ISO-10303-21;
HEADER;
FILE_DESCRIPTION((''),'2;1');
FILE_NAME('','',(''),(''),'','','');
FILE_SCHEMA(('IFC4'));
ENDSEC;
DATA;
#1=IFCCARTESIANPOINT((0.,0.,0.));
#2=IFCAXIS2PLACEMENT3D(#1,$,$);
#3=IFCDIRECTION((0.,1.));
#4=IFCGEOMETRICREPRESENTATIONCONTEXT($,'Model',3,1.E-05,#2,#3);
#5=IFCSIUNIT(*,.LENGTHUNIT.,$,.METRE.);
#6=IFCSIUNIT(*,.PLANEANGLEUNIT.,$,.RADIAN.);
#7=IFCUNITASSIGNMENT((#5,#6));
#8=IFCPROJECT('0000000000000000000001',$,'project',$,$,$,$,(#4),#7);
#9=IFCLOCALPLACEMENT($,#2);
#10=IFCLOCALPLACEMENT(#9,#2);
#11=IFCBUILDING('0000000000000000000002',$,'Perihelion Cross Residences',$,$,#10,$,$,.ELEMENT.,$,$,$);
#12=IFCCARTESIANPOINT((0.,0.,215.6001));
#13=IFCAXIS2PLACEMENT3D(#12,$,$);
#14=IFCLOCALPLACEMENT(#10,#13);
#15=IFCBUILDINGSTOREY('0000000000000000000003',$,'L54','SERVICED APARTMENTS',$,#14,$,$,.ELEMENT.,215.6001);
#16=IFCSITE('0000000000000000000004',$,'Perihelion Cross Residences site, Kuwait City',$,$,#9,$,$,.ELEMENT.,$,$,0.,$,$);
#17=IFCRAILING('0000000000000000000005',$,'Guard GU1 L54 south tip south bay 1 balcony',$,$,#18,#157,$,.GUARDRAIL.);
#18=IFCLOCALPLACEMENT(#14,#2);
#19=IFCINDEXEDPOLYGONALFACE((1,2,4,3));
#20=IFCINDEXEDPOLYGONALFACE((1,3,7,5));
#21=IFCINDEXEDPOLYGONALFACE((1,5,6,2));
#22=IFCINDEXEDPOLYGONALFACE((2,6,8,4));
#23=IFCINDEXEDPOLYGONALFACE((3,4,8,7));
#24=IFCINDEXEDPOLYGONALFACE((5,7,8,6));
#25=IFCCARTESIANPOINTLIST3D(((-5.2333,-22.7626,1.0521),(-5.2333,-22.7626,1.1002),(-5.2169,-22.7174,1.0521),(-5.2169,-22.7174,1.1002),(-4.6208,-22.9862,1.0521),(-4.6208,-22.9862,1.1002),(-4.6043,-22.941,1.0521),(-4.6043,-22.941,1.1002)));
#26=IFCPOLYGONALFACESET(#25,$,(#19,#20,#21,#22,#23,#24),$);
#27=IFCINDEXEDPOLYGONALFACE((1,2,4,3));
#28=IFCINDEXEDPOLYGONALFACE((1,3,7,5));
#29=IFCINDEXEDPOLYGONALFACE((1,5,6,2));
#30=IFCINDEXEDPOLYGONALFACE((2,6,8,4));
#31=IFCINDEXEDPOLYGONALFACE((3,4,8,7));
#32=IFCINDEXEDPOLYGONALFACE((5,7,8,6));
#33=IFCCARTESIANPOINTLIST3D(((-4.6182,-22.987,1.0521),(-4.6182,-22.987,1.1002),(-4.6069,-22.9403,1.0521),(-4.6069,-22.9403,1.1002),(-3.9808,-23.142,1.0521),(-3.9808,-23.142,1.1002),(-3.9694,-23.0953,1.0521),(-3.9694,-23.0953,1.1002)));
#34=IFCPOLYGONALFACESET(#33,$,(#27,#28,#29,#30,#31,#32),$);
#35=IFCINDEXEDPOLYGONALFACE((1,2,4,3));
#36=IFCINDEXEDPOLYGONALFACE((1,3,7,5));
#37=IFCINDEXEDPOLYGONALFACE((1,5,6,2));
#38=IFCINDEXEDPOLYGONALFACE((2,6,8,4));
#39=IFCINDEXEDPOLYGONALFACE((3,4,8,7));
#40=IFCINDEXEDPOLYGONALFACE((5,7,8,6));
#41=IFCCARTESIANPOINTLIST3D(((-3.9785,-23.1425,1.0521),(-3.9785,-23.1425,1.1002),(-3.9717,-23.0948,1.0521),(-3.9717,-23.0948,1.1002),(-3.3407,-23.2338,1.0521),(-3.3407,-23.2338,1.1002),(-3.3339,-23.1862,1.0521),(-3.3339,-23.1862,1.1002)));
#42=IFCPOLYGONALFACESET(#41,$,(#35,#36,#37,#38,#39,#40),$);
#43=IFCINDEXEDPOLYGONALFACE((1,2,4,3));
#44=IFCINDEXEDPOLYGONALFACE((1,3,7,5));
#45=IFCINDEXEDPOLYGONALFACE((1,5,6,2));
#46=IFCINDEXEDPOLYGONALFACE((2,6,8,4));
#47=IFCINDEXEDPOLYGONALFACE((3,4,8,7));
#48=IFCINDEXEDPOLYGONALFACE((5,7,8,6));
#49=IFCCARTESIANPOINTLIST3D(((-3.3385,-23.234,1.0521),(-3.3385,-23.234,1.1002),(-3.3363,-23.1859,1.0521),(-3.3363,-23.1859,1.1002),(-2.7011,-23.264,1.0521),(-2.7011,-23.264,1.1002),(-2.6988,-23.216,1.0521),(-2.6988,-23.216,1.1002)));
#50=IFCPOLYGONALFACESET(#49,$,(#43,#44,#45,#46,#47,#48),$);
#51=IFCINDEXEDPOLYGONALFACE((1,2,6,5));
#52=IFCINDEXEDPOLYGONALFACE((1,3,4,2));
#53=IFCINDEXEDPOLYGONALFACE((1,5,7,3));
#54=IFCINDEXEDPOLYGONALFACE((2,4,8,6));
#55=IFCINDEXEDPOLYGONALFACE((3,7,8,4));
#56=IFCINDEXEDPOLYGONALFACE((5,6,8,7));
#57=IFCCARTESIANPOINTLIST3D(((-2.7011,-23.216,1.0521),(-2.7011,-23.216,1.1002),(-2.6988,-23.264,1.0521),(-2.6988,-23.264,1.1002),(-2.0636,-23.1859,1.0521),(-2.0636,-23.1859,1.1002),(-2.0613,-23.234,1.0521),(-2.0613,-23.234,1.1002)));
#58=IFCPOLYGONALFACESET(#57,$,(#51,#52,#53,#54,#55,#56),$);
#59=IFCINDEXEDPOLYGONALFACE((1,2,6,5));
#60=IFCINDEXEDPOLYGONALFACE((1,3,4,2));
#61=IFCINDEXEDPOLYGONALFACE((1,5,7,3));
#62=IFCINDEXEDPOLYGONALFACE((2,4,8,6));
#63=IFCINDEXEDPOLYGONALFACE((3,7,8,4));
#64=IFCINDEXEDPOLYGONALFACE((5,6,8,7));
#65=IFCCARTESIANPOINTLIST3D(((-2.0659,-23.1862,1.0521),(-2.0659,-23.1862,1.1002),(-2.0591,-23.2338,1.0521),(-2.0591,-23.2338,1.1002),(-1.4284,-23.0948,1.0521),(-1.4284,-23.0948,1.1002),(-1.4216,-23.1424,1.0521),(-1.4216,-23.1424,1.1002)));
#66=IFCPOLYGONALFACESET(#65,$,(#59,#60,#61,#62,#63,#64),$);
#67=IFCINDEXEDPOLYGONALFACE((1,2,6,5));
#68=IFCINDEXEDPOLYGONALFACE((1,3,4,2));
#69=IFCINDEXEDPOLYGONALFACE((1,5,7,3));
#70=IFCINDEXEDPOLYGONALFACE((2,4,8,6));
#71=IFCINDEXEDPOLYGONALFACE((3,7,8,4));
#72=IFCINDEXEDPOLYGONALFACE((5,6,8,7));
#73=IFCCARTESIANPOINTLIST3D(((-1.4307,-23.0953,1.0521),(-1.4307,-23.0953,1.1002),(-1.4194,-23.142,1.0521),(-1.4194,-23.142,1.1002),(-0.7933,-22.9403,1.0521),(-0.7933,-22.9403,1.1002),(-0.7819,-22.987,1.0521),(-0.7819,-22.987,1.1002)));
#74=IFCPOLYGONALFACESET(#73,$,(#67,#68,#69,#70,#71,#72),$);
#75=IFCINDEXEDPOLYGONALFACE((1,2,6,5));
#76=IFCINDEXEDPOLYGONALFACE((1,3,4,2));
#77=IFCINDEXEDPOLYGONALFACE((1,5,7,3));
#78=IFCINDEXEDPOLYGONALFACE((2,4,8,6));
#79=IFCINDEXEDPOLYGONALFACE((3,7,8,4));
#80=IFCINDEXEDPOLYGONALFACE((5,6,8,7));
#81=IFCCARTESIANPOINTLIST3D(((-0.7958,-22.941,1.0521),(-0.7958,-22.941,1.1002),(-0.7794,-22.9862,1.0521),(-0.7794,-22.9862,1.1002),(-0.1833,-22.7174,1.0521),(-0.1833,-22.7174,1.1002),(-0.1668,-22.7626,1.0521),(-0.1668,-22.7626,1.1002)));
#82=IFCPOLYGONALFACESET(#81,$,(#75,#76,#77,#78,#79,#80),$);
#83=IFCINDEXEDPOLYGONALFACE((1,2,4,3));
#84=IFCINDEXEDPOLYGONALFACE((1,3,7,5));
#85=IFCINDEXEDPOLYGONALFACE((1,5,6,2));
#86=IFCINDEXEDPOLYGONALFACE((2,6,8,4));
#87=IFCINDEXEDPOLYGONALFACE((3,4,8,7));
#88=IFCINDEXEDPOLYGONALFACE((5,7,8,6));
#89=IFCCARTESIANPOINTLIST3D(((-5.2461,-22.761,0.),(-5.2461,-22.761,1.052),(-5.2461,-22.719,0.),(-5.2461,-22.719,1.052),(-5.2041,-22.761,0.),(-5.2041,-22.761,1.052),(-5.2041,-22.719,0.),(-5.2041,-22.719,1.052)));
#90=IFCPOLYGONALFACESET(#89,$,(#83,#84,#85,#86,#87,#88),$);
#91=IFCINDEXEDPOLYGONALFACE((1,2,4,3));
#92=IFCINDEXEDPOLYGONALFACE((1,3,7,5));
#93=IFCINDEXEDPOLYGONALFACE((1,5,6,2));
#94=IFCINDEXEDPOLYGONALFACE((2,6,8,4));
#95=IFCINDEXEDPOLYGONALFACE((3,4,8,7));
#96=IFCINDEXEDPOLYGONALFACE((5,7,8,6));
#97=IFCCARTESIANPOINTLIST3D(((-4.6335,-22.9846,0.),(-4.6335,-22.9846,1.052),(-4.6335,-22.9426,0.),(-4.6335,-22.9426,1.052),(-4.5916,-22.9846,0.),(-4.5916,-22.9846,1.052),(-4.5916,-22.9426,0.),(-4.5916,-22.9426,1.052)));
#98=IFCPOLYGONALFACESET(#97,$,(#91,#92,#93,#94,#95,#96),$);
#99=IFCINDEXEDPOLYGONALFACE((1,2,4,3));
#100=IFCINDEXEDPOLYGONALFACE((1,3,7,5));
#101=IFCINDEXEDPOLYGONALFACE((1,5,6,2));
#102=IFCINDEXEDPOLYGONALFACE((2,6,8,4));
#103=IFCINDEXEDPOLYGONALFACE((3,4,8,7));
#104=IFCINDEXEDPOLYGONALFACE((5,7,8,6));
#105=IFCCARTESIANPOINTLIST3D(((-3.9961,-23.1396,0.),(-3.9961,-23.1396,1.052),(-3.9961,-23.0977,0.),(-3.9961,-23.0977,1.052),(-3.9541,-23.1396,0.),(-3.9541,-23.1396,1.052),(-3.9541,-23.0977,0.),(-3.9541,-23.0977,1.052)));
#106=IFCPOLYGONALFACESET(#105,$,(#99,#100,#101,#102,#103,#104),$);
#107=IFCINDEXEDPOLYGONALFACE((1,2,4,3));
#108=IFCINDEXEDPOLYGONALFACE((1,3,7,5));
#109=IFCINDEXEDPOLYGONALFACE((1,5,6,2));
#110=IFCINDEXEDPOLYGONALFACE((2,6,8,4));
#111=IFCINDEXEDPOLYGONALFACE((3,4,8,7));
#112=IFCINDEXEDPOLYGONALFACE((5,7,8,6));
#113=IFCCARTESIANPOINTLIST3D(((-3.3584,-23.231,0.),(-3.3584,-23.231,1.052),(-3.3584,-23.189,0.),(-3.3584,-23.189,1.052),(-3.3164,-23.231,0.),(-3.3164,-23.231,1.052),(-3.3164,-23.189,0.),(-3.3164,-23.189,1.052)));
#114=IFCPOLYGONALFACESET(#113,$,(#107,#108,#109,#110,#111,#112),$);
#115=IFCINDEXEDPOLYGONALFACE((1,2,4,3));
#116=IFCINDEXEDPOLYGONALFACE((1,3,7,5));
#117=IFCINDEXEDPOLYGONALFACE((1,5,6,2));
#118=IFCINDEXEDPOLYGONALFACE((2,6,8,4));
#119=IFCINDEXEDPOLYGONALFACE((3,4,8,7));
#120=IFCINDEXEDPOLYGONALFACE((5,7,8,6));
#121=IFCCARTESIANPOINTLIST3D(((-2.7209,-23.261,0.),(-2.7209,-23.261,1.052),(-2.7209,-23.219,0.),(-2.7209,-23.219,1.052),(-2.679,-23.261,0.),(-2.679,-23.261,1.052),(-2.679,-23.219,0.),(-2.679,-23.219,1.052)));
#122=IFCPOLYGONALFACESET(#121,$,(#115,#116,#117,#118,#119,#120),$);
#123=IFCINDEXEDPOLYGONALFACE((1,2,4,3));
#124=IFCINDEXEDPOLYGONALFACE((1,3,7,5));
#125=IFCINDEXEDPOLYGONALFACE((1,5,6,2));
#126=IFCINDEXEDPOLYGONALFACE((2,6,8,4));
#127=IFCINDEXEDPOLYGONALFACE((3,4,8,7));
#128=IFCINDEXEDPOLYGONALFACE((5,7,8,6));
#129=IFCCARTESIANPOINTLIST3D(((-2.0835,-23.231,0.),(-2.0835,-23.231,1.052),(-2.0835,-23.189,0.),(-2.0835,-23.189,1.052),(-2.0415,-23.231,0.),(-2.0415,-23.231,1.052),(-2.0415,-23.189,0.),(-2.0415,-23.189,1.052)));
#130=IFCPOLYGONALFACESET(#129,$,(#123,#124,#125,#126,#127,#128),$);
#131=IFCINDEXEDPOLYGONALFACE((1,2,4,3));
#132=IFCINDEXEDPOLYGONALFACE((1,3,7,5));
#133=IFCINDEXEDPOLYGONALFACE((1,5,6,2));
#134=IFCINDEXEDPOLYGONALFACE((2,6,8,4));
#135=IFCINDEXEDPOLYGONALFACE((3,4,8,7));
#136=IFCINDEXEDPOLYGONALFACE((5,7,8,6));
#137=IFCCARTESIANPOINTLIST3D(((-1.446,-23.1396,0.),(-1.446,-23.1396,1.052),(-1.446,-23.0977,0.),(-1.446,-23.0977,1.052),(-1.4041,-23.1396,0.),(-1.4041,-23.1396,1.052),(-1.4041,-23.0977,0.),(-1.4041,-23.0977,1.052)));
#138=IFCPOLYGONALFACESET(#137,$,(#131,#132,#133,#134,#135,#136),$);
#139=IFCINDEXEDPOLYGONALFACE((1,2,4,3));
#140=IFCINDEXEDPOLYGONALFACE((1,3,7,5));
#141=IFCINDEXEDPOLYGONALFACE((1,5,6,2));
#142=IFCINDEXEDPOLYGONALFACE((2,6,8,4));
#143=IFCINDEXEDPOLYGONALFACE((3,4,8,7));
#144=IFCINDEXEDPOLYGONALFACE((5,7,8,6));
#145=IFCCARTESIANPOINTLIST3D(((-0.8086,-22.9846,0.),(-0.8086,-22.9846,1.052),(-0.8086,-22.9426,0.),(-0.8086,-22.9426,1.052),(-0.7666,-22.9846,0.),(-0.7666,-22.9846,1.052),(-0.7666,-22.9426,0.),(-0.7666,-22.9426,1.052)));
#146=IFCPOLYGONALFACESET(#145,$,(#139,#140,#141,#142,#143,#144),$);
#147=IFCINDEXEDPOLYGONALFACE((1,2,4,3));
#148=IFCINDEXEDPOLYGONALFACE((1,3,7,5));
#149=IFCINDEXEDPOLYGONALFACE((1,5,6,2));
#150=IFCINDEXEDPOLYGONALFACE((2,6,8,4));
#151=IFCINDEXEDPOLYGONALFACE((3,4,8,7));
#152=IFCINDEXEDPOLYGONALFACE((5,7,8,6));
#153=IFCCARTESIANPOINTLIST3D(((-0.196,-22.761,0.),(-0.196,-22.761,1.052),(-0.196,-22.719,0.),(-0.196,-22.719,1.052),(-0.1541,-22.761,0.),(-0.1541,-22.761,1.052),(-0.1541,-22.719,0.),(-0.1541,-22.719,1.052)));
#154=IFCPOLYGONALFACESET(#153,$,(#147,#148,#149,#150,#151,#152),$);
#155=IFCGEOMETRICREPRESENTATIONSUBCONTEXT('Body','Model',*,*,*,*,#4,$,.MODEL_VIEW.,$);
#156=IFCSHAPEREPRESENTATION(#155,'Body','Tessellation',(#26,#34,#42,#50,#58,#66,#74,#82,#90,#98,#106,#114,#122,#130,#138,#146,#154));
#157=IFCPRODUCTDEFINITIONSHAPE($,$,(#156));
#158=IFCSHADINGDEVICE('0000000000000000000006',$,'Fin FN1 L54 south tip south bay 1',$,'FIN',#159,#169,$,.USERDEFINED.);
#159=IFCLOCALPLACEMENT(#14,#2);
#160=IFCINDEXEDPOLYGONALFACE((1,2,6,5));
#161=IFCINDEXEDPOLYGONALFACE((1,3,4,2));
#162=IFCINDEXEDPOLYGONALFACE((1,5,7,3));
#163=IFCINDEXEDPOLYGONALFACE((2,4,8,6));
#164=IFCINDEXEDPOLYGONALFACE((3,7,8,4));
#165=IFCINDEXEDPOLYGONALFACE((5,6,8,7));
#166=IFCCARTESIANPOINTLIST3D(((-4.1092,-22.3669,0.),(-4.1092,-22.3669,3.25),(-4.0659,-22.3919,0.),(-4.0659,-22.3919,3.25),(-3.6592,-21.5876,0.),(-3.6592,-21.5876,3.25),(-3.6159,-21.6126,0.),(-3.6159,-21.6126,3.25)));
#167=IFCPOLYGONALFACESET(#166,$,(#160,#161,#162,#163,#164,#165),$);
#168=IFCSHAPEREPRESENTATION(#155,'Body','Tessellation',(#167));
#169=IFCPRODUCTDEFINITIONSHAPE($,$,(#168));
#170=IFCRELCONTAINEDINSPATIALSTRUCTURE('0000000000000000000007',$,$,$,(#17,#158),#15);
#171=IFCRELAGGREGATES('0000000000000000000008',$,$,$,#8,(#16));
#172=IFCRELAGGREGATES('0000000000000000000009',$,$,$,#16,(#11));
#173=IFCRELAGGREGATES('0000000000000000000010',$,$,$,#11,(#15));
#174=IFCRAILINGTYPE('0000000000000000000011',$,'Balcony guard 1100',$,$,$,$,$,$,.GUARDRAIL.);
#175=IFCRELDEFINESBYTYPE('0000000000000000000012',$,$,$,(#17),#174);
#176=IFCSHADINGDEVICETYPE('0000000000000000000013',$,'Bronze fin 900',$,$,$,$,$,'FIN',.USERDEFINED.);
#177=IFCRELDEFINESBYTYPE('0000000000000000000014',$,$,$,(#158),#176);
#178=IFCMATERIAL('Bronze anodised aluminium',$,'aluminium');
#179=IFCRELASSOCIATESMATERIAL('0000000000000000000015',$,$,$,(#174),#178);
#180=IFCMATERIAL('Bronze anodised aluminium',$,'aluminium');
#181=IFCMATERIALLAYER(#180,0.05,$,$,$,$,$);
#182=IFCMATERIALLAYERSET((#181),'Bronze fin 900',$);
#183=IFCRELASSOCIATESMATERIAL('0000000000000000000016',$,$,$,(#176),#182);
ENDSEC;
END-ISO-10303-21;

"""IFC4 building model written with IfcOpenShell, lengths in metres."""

from ifc_helpers import new_model, si_unit, direction, frame, origin, origin_2d, place, context, subcontext, project, spatial, rectangle, extrude, material, layer, layer_set, type_object, element, save


model = new_model("IFC4")

# Units and contexts
model_context = context("Model", 3, precision=1e-05, world=origin(), true_north=direction((0.0, 1.0)))
body_context = subcontext(model_context, "Body", "Model", "MODEL_VIEW")
ifc_project = project(units=[si_unit("LENGTHUNIT", "METRE"), si_unit("PLANEANGLEUNIT", "RADIAN")], contexts=[model_context])

# Site, building, storey
site_placement = place(None, origin())
site = spatial("IfcSite", under=ifc_project, at=site_placement, Name="Perihelion Cross Residences site, Kuwait City", CompositionType="ELEMENT", RefElevation=0.0)
building_placement = place(site_placement, origin())
building = spatial("IfcBuilding", under=site, at=building_placement, Name="Perihelion Cross Residences", CompositionType="ELEMENT")
storey_placement = place(building_placement, frame((0.0, 0.0, 215.6001)))
storey = spatial("IfcBuildingStorey", under=building, at=storey_placement, Name="L54", Description="SERVICED APARTMENTS", CompositionType="ELEMENT", Elevation=215.6001)

# Railing
ifc_material_1 = material(Name="Bronze anodised aluminium", Category="aluminium")
railing_type = type_object("IfcRailingType", Name="Balcony guard 1100", PredefinedType="GUARDRAIL", material=ifc_material_1)
railing_placement = place(storey_placement, frame((-5.2251, -22.74, 0.0)))
element("IfcRailing", 1, at=railing_placement, inside=storey, type_object=railing_type, Name="Guard GU1 L54 south tip south bay 1 balcony", PredefinedType="GUARDRAIL", context=body_context, shape_type="SweptSolid", body=[
    extrude(rectangle(XDim=0.0481, YDim=0.0481, at=origin_2d()), frame((0.0, 0.0, 1.0762), z_axis=(0.939355, -0.342945, 0.0), x_axis=(0.342945, 0.939355, 0.0)), (0.0, 0.0, 1.0), 0.6521),
    extrude(rectangle(XDim=0.0481, YDim=0.0481, at=origin_2d()), frame((0.6125, -0.2236, 1.0762), z_axis=(0.971677, -0.236314, 0.0), x_axis=(0.236314, 0.971677, 0.0)), (0.0, 0.0, 1.0), 0.656),
    extrude(rectangle(XDim=0.0481, YDim=0.0481, at=origin_2d()), frame((1.25, -0.3787, 1.0762), z_axis=(0.989904, -0.14174, 0.0), x_axis=(0.14174, 0.989904, 0.0)), (0.0, 0.0, 1.0), 0.6443),
    extrude(rectangle(XDim=0.0481, YDim=0.0481, at=origin_2d()), frame((1.8877, -0.47, 1.0762), z_axis=(0.998892, -0.047056, 0.0), x_axis=(0.047056, 0.998892, 0.0)), (0.0, 0.0, 1.0), 0.6382),
    extrude(rectangle(XDim=0.0481, YDim=0.0481, at=origin_2d()), frame((2.5251, -0.5, 1.0762), z_axis=(0.998892, 0.047056, 0.0), x_axis=(-0.047056, 0.998892, 0.0)), (0.0, 0.0, 1.0), 0.6382),
    extrude(rectangle(XDim=0.0481, YDim=0.0481, at=origin_2d()), frame((3.1626, -0.47, 1.0762), z_axis=(0.989896, 0.141793, 0.0), x_axis=(-0.141793, 0.989896, 0.0)), (0.0, 0.0, 1.0), 0.644),
    extrude(rectangle(XDim=0.0481, YDim=0.0481, at=origin_2d()), frame((3.8, -0.3787, 1.0762), z_axis=(0.971677, 0.236314, 0.0), x_axis=(-0.236314, 0.971677, 0.0)), (0.0, 0.0, 1.0), 0.656),
    extrude(rectangle(XDim=0.0481, YDim=0.0481, at=origin_2d()), frame((4.4375, -0.2236, 1.0762), z_axis=(0.939355, 0.342945, 0.0), x_axis=(-0.342945, 0.939355, 0.0)), (0.0, 0.0, 1.0), 0.6521),
    extrude(rectangle(XDim=0.042, YDim=0.042, at=origin_2d()), origin(), (0.0, 0.0, 1.0), 1.052),
    extrude(rectangle(XDim=0.042, YDim=0.042, at=origin_2d()), frame((0.6125, -0.2236, 0.0)), (0.0, 0.0, 1.0), 1.052),
    extrude(rectangle(XDim=0.042, YDim=0.042, at=origin_2d()), frame((1.25, -0.3787, 0.0)), (0.0, 0.0, 1.0), 1.052),
    extrude(rectangle(XDim=0.042, YDim=0.042, at=origin_2d()), frame((1.8877, -0.47, 0.0)), (0.0, 0.0, 1.0), 1.052),
    extrude(rectangle(XDim=0.042, YDim=0.042, at=origin_2d()), frame((2.5251, -0.5, 0.0)), (0.0, 0.0, 1.0), 1.052),
    extrude(rectangle(XDim=0.042, YDim=0.042, at=origin_2d()), frame((3.1626, -0.47, 0.0)), (0.0, 0.0, 1.0), 1.052),
    extrude(rectangle(XDim=0.042, YDim=0.042, at=origin_2d()), frame((3.8, -0.3787, 0.0)), (0.0, 0.0, 1.0), 1.052),
    extrude(rectangle(XDim=0.042, YDim=0.042, at=origin_2d()), frame((4.4375, -0.2236, 0.0)), (0.0, 0.0, 1.0), 1.052),
    extrude(rectangle(XDim=0.042, YDim=0.042, at=origin_2d()), frame((5.05, 0.0, 0.0)), (0.0, 0.0, 1.0), 1.052),
])

# Shading device
ifc_material_2 = material(Name="Bronze anodised aluminium", Category="aluminium")
ifc_layer_1 = layer(ifc_material_2, 0.05)
ifc_layer_set_1 = layer_set([ifc_layer_1], Name="Bronze fin 900")
shading_device_type = type_object("IfcShadingDeviceType", Name="Bronze fin 900", ElementType="FIN", PredefinedType="USERDEFINED", material=ifc_layer_set_1)
shading_device_placement = place(storey_placement, frame((-3.8625, -21.9897, 0.0), z_axis=(0.0, 0.0, 1.0), x_axis=(-0.5, -0.866025, 0.0)))
element("IfcShadingDevice", 2, at=shading_device_placement, inside=storey, type_object=shading_device_type, Name="Fin FN1 L54 south tip south bay 1", ObjectType="FIN", PredefinedType="USERDEFINED", context=body_context, shape_type="SweptSolid", body=[
    extrude(rectangle(XDim=0.8999, YDim=0.05, at=origin_2d()), origin(), (0.0, 0.0, 1.0), 3.25),
])

save(model, "model.ifc")
